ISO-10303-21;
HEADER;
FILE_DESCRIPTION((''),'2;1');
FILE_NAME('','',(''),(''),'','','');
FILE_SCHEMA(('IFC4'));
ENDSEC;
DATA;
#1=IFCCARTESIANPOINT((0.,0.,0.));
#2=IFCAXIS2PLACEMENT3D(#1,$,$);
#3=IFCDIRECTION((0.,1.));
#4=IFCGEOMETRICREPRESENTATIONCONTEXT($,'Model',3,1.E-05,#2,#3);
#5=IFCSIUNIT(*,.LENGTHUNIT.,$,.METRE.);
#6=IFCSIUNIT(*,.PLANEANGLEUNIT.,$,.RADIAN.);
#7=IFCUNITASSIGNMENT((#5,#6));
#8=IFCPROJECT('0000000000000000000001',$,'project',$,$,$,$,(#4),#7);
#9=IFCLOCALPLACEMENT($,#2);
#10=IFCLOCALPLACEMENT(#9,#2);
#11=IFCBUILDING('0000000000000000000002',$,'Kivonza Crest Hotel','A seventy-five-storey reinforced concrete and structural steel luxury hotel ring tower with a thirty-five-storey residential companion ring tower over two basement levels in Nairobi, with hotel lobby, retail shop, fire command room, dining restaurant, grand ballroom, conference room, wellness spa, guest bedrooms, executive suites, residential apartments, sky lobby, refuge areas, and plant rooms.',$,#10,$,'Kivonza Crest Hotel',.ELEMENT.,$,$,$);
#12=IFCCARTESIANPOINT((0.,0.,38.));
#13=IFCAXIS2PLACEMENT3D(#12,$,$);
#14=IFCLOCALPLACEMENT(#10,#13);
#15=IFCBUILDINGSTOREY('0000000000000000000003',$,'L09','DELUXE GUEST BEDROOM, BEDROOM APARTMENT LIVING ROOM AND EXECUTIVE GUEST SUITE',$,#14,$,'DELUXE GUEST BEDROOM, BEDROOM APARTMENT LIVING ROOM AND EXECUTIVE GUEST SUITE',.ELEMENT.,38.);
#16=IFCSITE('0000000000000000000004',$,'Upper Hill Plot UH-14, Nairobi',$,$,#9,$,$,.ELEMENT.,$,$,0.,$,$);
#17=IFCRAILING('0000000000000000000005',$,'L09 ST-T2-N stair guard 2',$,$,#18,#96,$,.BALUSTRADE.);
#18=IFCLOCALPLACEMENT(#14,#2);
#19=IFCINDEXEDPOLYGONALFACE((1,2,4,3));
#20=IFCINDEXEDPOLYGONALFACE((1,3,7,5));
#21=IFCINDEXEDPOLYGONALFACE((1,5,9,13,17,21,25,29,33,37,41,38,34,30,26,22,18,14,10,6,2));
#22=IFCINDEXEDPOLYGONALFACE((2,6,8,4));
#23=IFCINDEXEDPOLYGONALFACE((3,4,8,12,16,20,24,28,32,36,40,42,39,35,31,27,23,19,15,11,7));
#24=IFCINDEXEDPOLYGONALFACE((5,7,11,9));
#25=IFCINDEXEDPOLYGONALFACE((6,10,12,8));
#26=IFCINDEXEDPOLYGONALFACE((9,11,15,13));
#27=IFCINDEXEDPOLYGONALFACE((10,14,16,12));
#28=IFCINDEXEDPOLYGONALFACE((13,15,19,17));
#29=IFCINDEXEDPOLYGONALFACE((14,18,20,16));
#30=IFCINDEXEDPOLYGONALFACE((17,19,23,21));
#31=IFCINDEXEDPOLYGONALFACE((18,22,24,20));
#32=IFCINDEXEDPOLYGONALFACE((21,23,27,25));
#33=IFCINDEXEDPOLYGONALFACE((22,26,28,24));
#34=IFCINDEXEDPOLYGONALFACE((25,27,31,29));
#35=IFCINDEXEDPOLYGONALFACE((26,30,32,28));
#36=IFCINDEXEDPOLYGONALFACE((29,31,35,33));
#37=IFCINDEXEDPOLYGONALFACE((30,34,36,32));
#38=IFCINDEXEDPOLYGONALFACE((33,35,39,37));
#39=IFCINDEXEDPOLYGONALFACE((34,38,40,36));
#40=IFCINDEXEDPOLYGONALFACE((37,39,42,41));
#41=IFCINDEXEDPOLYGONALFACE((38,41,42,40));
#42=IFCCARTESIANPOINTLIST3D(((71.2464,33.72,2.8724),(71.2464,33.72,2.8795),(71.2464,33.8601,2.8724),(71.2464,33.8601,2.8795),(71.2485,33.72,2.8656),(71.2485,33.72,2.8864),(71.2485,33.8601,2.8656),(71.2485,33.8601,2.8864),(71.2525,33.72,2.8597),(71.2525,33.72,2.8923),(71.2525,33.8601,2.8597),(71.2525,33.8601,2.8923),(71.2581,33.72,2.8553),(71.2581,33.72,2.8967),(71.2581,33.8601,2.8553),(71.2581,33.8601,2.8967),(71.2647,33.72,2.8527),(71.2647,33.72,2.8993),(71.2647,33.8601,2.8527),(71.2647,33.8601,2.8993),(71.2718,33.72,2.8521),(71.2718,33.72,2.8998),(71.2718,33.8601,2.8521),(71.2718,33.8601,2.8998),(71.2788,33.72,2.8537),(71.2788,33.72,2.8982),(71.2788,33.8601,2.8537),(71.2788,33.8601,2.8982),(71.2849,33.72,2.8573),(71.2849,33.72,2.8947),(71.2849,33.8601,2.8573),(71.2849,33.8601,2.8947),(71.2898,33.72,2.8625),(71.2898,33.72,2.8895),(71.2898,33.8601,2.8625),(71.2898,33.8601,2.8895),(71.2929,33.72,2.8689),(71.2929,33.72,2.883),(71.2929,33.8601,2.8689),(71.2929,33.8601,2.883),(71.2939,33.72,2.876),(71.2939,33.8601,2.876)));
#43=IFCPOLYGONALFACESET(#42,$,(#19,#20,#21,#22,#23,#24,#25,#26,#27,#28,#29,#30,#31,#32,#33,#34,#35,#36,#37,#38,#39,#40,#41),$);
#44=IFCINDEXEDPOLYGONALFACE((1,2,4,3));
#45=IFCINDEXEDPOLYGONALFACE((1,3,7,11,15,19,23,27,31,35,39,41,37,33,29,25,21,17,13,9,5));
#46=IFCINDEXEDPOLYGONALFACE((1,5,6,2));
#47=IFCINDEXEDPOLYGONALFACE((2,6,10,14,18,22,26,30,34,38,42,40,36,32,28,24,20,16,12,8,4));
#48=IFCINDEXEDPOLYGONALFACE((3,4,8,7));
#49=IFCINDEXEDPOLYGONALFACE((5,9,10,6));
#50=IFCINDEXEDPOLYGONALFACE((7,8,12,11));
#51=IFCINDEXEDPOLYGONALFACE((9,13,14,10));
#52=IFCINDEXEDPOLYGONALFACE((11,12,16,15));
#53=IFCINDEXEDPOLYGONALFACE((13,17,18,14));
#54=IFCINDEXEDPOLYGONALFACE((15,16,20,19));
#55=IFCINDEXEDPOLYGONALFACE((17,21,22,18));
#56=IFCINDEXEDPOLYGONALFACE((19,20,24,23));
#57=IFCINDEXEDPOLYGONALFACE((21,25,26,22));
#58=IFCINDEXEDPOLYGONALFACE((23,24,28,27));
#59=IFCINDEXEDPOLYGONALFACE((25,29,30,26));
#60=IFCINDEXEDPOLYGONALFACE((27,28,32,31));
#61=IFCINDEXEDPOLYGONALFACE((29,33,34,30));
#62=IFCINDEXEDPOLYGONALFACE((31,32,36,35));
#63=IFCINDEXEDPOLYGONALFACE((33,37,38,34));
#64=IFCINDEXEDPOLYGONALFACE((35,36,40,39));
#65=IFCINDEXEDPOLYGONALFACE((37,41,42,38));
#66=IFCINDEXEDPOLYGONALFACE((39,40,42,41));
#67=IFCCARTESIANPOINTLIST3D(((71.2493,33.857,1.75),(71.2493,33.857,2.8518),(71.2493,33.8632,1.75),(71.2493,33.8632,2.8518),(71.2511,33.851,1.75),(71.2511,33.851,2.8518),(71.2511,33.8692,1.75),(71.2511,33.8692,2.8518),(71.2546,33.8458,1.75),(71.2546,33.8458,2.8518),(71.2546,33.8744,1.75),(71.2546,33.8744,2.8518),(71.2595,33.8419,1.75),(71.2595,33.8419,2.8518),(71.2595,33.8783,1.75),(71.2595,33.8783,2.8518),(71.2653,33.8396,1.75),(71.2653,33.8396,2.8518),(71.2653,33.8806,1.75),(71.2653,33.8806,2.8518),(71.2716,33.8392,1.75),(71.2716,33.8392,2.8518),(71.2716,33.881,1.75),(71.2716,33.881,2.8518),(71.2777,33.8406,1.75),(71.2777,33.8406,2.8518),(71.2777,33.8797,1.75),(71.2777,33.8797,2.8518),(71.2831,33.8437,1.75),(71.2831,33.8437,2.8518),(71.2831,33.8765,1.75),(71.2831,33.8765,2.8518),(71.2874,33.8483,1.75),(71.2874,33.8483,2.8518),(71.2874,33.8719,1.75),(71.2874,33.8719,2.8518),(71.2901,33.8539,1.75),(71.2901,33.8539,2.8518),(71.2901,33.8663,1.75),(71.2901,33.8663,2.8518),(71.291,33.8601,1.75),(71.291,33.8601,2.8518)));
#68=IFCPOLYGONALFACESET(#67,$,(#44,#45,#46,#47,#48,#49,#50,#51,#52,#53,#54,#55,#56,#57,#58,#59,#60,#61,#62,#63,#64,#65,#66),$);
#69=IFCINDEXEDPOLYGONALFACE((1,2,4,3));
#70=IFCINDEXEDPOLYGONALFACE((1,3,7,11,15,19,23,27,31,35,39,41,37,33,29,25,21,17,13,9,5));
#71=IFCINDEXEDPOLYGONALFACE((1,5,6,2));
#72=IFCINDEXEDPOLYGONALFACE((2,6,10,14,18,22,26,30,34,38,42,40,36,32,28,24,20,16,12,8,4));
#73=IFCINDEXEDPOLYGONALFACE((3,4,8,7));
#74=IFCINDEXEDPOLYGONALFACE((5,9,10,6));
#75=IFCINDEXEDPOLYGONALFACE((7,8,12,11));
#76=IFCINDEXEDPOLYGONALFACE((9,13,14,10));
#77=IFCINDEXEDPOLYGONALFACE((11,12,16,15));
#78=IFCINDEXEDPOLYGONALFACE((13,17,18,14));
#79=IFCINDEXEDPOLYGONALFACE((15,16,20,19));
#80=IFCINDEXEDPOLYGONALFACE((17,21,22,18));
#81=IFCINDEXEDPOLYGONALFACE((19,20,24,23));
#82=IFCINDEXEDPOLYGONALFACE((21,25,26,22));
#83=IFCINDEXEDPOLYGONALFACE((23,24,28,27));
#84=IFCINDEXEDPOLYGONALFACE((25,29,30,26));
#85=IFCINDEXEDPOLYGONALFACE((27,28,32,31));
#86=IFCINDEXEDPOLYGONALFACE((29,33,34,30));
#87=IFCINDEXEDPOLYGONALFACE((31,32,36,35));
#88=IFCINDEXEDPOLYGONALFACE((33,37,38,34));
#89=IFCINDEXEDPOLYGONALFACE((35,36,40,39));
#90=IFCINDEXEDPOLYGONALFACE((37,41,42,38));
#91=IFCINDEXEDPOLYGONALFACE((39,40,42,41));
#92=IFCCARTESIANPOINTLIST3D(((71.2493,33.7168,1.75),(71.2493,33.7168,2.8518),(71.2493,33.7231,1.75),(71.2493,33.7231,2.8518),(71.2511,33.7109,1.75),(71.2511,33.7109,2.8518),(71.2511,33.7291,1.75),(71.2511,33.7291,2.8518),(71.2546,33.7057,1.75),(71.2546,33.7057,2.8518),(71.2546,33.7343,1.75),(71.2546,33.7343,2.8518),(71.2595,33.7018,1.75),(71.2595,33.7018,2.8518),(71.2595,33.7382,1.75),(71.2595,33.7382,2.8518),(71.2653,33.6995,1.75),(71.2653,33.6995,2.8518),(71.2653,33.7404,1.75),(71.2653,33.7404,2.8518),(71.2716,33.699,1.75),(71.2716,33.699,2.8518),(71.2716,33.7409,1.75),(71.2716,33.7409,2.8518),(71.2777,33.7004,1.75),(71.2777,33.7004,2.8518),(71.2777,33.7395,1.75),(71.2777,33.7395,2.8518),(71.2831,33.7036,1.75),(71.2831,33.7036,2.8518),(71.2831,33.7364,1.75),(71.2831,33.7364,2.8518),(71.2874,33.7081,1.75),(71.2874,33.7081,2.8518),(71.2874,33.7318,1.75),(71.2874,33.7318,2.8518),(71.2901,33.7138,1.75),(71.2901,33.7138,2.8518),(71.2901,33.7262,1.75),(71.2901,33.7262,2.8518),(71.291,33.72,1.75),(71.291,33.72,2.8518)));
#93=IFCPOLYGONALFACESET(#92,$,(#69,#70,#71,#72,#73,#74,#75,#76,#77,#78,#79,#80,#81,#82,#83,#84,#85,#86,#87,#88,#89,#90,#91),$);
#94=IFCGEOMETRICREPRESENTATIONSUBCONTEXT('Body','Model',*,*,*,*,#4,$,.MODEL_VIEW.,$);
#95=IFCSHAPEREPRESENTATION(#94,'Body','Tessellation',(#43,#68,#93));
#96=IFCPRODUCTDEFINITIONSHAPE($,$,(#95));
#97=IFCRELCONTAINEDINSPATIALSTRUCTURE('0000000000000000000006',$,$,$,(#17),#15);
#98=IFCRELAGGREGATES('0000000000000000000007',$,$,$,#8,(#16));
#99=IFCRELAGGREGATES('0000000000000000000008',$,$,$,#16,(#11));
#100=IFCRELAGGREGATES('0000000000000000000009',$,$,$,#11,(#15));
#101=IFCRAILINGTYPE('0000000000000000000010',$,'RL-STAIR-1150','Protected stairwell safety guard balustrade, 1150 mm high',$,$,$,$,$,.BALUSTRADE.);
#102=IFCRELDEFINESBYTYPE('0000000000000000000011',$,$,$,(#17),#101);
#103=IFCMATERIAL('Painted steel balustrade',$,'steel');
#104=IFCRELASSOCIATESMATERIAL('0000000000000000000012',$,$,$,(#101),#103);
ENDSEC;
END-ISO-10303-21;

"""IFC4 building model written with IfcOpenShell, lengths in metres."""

from ifc_helpers import new_model, si_unit, direction, frame, origin, origin_2d, place, context, subcontext, project, spatial, circle, extrude, material, type_object, element, save


model = new_model("IFC4")

# Units and contexts
model_context = context("Model", 3, precision=1e-05, world=origin(), true_north=direction((0.0, 1.0)))
body_context = subcontext(model_context, "Body", "Model", "MODEL_VIEW")
ifc_project = project(units=[si_unit("LENGTHUNIT", "METRE"), si_unit("PLANEANGLEUNIT", "RADIAN")], contexts=[model_context])

# Site, building, storey
site_placement = place(None, origin())
site = spatial("IfcSite", under=ifc_project, at=site_placement, Name="Upper Hill Plot UH-14, Nairobi", CompositionType="ELEMENT", RefElevation=0.0)
building_placement = place(site_placement, origin())
building = spatial("IfcBuilding", under=site, at=building_placement, Name="Kivonza Crest Hotel", Description="A seventy-five-storey reinforced concrete and structural steel luxury hotel ring tower with a thirty-five-storey residential companion ring tower over two basement levels in Nairobi, with hotel lobby, retail shop, fire command room, dining restaurant, grand ballroom, conference room, wellness spa, guest bedrooms, executive suites, residential apartments, sky lobby, refuge areas, and plant rooms.", LongName="Kivonza Crest Hotel", CompositionType="ELEMENT")
storey_placement = place(building_placement, frame((0.0, 0.0, 38.0)))
storey = spatial("IfcBuildingStorey", under=building, at=storey_placement, Name="L09", Description="DELUXE GUEST BEDROOM, BEDROOM APARTMENT LIVING ROOM AND EXECUTIVE GUEST SUITE", LongName="DELUXE GUEST BEDROOM, BEDROOM APARTMENT LIVING ROOM AND EXECUTIVE GUEST SUITE", CompositionType="ELEMENT", Elevation=38.0)

# Railing
ifc_material_1 = material(Name="Painted steel balustrade", Category="steel")
railing_type_1 = type_object("IfcRailingType", Name="RL-STAIR-1150", Description="Protected stairwell safety guard balustrade, 1150 mm high", PredefinedType="BALUSTRADE", material=ifc_material_1)
railing_1_placement = place(storey_placement, frame((71.27, 33.8601, 1.75)))
element("IfcRailing", 1, at=railing_1_placement, inside=storey, type_object=railing_type_1, Name="L09 ST-T2-N stair guard 2", PredefinedType="BALUSTRADE", context=body_context, shape_type="SweptSolid", body=[
    extrude(circle(Radius=0.0239, at=origin_2d()), frame((0.0, 0.0, 1.126), z_axis=(0.0, -1.0, 0.0), x_axis=(1.0, 0.0, 0.0)), (0.0, 0.0, 1.0), 0.1401),
    extrude(circle(Radius=0.021, at=origin_2d()), origin(), (0.0, 0.0, 1.0), 1.1018),
    extrude(circle(Radius=0.021, at=origin_2d()), frame((0.0, -0.1401, 0.0)), (0.0, 0.0, 1.0), 1.1018),
])

save(model, "model.ifc")
